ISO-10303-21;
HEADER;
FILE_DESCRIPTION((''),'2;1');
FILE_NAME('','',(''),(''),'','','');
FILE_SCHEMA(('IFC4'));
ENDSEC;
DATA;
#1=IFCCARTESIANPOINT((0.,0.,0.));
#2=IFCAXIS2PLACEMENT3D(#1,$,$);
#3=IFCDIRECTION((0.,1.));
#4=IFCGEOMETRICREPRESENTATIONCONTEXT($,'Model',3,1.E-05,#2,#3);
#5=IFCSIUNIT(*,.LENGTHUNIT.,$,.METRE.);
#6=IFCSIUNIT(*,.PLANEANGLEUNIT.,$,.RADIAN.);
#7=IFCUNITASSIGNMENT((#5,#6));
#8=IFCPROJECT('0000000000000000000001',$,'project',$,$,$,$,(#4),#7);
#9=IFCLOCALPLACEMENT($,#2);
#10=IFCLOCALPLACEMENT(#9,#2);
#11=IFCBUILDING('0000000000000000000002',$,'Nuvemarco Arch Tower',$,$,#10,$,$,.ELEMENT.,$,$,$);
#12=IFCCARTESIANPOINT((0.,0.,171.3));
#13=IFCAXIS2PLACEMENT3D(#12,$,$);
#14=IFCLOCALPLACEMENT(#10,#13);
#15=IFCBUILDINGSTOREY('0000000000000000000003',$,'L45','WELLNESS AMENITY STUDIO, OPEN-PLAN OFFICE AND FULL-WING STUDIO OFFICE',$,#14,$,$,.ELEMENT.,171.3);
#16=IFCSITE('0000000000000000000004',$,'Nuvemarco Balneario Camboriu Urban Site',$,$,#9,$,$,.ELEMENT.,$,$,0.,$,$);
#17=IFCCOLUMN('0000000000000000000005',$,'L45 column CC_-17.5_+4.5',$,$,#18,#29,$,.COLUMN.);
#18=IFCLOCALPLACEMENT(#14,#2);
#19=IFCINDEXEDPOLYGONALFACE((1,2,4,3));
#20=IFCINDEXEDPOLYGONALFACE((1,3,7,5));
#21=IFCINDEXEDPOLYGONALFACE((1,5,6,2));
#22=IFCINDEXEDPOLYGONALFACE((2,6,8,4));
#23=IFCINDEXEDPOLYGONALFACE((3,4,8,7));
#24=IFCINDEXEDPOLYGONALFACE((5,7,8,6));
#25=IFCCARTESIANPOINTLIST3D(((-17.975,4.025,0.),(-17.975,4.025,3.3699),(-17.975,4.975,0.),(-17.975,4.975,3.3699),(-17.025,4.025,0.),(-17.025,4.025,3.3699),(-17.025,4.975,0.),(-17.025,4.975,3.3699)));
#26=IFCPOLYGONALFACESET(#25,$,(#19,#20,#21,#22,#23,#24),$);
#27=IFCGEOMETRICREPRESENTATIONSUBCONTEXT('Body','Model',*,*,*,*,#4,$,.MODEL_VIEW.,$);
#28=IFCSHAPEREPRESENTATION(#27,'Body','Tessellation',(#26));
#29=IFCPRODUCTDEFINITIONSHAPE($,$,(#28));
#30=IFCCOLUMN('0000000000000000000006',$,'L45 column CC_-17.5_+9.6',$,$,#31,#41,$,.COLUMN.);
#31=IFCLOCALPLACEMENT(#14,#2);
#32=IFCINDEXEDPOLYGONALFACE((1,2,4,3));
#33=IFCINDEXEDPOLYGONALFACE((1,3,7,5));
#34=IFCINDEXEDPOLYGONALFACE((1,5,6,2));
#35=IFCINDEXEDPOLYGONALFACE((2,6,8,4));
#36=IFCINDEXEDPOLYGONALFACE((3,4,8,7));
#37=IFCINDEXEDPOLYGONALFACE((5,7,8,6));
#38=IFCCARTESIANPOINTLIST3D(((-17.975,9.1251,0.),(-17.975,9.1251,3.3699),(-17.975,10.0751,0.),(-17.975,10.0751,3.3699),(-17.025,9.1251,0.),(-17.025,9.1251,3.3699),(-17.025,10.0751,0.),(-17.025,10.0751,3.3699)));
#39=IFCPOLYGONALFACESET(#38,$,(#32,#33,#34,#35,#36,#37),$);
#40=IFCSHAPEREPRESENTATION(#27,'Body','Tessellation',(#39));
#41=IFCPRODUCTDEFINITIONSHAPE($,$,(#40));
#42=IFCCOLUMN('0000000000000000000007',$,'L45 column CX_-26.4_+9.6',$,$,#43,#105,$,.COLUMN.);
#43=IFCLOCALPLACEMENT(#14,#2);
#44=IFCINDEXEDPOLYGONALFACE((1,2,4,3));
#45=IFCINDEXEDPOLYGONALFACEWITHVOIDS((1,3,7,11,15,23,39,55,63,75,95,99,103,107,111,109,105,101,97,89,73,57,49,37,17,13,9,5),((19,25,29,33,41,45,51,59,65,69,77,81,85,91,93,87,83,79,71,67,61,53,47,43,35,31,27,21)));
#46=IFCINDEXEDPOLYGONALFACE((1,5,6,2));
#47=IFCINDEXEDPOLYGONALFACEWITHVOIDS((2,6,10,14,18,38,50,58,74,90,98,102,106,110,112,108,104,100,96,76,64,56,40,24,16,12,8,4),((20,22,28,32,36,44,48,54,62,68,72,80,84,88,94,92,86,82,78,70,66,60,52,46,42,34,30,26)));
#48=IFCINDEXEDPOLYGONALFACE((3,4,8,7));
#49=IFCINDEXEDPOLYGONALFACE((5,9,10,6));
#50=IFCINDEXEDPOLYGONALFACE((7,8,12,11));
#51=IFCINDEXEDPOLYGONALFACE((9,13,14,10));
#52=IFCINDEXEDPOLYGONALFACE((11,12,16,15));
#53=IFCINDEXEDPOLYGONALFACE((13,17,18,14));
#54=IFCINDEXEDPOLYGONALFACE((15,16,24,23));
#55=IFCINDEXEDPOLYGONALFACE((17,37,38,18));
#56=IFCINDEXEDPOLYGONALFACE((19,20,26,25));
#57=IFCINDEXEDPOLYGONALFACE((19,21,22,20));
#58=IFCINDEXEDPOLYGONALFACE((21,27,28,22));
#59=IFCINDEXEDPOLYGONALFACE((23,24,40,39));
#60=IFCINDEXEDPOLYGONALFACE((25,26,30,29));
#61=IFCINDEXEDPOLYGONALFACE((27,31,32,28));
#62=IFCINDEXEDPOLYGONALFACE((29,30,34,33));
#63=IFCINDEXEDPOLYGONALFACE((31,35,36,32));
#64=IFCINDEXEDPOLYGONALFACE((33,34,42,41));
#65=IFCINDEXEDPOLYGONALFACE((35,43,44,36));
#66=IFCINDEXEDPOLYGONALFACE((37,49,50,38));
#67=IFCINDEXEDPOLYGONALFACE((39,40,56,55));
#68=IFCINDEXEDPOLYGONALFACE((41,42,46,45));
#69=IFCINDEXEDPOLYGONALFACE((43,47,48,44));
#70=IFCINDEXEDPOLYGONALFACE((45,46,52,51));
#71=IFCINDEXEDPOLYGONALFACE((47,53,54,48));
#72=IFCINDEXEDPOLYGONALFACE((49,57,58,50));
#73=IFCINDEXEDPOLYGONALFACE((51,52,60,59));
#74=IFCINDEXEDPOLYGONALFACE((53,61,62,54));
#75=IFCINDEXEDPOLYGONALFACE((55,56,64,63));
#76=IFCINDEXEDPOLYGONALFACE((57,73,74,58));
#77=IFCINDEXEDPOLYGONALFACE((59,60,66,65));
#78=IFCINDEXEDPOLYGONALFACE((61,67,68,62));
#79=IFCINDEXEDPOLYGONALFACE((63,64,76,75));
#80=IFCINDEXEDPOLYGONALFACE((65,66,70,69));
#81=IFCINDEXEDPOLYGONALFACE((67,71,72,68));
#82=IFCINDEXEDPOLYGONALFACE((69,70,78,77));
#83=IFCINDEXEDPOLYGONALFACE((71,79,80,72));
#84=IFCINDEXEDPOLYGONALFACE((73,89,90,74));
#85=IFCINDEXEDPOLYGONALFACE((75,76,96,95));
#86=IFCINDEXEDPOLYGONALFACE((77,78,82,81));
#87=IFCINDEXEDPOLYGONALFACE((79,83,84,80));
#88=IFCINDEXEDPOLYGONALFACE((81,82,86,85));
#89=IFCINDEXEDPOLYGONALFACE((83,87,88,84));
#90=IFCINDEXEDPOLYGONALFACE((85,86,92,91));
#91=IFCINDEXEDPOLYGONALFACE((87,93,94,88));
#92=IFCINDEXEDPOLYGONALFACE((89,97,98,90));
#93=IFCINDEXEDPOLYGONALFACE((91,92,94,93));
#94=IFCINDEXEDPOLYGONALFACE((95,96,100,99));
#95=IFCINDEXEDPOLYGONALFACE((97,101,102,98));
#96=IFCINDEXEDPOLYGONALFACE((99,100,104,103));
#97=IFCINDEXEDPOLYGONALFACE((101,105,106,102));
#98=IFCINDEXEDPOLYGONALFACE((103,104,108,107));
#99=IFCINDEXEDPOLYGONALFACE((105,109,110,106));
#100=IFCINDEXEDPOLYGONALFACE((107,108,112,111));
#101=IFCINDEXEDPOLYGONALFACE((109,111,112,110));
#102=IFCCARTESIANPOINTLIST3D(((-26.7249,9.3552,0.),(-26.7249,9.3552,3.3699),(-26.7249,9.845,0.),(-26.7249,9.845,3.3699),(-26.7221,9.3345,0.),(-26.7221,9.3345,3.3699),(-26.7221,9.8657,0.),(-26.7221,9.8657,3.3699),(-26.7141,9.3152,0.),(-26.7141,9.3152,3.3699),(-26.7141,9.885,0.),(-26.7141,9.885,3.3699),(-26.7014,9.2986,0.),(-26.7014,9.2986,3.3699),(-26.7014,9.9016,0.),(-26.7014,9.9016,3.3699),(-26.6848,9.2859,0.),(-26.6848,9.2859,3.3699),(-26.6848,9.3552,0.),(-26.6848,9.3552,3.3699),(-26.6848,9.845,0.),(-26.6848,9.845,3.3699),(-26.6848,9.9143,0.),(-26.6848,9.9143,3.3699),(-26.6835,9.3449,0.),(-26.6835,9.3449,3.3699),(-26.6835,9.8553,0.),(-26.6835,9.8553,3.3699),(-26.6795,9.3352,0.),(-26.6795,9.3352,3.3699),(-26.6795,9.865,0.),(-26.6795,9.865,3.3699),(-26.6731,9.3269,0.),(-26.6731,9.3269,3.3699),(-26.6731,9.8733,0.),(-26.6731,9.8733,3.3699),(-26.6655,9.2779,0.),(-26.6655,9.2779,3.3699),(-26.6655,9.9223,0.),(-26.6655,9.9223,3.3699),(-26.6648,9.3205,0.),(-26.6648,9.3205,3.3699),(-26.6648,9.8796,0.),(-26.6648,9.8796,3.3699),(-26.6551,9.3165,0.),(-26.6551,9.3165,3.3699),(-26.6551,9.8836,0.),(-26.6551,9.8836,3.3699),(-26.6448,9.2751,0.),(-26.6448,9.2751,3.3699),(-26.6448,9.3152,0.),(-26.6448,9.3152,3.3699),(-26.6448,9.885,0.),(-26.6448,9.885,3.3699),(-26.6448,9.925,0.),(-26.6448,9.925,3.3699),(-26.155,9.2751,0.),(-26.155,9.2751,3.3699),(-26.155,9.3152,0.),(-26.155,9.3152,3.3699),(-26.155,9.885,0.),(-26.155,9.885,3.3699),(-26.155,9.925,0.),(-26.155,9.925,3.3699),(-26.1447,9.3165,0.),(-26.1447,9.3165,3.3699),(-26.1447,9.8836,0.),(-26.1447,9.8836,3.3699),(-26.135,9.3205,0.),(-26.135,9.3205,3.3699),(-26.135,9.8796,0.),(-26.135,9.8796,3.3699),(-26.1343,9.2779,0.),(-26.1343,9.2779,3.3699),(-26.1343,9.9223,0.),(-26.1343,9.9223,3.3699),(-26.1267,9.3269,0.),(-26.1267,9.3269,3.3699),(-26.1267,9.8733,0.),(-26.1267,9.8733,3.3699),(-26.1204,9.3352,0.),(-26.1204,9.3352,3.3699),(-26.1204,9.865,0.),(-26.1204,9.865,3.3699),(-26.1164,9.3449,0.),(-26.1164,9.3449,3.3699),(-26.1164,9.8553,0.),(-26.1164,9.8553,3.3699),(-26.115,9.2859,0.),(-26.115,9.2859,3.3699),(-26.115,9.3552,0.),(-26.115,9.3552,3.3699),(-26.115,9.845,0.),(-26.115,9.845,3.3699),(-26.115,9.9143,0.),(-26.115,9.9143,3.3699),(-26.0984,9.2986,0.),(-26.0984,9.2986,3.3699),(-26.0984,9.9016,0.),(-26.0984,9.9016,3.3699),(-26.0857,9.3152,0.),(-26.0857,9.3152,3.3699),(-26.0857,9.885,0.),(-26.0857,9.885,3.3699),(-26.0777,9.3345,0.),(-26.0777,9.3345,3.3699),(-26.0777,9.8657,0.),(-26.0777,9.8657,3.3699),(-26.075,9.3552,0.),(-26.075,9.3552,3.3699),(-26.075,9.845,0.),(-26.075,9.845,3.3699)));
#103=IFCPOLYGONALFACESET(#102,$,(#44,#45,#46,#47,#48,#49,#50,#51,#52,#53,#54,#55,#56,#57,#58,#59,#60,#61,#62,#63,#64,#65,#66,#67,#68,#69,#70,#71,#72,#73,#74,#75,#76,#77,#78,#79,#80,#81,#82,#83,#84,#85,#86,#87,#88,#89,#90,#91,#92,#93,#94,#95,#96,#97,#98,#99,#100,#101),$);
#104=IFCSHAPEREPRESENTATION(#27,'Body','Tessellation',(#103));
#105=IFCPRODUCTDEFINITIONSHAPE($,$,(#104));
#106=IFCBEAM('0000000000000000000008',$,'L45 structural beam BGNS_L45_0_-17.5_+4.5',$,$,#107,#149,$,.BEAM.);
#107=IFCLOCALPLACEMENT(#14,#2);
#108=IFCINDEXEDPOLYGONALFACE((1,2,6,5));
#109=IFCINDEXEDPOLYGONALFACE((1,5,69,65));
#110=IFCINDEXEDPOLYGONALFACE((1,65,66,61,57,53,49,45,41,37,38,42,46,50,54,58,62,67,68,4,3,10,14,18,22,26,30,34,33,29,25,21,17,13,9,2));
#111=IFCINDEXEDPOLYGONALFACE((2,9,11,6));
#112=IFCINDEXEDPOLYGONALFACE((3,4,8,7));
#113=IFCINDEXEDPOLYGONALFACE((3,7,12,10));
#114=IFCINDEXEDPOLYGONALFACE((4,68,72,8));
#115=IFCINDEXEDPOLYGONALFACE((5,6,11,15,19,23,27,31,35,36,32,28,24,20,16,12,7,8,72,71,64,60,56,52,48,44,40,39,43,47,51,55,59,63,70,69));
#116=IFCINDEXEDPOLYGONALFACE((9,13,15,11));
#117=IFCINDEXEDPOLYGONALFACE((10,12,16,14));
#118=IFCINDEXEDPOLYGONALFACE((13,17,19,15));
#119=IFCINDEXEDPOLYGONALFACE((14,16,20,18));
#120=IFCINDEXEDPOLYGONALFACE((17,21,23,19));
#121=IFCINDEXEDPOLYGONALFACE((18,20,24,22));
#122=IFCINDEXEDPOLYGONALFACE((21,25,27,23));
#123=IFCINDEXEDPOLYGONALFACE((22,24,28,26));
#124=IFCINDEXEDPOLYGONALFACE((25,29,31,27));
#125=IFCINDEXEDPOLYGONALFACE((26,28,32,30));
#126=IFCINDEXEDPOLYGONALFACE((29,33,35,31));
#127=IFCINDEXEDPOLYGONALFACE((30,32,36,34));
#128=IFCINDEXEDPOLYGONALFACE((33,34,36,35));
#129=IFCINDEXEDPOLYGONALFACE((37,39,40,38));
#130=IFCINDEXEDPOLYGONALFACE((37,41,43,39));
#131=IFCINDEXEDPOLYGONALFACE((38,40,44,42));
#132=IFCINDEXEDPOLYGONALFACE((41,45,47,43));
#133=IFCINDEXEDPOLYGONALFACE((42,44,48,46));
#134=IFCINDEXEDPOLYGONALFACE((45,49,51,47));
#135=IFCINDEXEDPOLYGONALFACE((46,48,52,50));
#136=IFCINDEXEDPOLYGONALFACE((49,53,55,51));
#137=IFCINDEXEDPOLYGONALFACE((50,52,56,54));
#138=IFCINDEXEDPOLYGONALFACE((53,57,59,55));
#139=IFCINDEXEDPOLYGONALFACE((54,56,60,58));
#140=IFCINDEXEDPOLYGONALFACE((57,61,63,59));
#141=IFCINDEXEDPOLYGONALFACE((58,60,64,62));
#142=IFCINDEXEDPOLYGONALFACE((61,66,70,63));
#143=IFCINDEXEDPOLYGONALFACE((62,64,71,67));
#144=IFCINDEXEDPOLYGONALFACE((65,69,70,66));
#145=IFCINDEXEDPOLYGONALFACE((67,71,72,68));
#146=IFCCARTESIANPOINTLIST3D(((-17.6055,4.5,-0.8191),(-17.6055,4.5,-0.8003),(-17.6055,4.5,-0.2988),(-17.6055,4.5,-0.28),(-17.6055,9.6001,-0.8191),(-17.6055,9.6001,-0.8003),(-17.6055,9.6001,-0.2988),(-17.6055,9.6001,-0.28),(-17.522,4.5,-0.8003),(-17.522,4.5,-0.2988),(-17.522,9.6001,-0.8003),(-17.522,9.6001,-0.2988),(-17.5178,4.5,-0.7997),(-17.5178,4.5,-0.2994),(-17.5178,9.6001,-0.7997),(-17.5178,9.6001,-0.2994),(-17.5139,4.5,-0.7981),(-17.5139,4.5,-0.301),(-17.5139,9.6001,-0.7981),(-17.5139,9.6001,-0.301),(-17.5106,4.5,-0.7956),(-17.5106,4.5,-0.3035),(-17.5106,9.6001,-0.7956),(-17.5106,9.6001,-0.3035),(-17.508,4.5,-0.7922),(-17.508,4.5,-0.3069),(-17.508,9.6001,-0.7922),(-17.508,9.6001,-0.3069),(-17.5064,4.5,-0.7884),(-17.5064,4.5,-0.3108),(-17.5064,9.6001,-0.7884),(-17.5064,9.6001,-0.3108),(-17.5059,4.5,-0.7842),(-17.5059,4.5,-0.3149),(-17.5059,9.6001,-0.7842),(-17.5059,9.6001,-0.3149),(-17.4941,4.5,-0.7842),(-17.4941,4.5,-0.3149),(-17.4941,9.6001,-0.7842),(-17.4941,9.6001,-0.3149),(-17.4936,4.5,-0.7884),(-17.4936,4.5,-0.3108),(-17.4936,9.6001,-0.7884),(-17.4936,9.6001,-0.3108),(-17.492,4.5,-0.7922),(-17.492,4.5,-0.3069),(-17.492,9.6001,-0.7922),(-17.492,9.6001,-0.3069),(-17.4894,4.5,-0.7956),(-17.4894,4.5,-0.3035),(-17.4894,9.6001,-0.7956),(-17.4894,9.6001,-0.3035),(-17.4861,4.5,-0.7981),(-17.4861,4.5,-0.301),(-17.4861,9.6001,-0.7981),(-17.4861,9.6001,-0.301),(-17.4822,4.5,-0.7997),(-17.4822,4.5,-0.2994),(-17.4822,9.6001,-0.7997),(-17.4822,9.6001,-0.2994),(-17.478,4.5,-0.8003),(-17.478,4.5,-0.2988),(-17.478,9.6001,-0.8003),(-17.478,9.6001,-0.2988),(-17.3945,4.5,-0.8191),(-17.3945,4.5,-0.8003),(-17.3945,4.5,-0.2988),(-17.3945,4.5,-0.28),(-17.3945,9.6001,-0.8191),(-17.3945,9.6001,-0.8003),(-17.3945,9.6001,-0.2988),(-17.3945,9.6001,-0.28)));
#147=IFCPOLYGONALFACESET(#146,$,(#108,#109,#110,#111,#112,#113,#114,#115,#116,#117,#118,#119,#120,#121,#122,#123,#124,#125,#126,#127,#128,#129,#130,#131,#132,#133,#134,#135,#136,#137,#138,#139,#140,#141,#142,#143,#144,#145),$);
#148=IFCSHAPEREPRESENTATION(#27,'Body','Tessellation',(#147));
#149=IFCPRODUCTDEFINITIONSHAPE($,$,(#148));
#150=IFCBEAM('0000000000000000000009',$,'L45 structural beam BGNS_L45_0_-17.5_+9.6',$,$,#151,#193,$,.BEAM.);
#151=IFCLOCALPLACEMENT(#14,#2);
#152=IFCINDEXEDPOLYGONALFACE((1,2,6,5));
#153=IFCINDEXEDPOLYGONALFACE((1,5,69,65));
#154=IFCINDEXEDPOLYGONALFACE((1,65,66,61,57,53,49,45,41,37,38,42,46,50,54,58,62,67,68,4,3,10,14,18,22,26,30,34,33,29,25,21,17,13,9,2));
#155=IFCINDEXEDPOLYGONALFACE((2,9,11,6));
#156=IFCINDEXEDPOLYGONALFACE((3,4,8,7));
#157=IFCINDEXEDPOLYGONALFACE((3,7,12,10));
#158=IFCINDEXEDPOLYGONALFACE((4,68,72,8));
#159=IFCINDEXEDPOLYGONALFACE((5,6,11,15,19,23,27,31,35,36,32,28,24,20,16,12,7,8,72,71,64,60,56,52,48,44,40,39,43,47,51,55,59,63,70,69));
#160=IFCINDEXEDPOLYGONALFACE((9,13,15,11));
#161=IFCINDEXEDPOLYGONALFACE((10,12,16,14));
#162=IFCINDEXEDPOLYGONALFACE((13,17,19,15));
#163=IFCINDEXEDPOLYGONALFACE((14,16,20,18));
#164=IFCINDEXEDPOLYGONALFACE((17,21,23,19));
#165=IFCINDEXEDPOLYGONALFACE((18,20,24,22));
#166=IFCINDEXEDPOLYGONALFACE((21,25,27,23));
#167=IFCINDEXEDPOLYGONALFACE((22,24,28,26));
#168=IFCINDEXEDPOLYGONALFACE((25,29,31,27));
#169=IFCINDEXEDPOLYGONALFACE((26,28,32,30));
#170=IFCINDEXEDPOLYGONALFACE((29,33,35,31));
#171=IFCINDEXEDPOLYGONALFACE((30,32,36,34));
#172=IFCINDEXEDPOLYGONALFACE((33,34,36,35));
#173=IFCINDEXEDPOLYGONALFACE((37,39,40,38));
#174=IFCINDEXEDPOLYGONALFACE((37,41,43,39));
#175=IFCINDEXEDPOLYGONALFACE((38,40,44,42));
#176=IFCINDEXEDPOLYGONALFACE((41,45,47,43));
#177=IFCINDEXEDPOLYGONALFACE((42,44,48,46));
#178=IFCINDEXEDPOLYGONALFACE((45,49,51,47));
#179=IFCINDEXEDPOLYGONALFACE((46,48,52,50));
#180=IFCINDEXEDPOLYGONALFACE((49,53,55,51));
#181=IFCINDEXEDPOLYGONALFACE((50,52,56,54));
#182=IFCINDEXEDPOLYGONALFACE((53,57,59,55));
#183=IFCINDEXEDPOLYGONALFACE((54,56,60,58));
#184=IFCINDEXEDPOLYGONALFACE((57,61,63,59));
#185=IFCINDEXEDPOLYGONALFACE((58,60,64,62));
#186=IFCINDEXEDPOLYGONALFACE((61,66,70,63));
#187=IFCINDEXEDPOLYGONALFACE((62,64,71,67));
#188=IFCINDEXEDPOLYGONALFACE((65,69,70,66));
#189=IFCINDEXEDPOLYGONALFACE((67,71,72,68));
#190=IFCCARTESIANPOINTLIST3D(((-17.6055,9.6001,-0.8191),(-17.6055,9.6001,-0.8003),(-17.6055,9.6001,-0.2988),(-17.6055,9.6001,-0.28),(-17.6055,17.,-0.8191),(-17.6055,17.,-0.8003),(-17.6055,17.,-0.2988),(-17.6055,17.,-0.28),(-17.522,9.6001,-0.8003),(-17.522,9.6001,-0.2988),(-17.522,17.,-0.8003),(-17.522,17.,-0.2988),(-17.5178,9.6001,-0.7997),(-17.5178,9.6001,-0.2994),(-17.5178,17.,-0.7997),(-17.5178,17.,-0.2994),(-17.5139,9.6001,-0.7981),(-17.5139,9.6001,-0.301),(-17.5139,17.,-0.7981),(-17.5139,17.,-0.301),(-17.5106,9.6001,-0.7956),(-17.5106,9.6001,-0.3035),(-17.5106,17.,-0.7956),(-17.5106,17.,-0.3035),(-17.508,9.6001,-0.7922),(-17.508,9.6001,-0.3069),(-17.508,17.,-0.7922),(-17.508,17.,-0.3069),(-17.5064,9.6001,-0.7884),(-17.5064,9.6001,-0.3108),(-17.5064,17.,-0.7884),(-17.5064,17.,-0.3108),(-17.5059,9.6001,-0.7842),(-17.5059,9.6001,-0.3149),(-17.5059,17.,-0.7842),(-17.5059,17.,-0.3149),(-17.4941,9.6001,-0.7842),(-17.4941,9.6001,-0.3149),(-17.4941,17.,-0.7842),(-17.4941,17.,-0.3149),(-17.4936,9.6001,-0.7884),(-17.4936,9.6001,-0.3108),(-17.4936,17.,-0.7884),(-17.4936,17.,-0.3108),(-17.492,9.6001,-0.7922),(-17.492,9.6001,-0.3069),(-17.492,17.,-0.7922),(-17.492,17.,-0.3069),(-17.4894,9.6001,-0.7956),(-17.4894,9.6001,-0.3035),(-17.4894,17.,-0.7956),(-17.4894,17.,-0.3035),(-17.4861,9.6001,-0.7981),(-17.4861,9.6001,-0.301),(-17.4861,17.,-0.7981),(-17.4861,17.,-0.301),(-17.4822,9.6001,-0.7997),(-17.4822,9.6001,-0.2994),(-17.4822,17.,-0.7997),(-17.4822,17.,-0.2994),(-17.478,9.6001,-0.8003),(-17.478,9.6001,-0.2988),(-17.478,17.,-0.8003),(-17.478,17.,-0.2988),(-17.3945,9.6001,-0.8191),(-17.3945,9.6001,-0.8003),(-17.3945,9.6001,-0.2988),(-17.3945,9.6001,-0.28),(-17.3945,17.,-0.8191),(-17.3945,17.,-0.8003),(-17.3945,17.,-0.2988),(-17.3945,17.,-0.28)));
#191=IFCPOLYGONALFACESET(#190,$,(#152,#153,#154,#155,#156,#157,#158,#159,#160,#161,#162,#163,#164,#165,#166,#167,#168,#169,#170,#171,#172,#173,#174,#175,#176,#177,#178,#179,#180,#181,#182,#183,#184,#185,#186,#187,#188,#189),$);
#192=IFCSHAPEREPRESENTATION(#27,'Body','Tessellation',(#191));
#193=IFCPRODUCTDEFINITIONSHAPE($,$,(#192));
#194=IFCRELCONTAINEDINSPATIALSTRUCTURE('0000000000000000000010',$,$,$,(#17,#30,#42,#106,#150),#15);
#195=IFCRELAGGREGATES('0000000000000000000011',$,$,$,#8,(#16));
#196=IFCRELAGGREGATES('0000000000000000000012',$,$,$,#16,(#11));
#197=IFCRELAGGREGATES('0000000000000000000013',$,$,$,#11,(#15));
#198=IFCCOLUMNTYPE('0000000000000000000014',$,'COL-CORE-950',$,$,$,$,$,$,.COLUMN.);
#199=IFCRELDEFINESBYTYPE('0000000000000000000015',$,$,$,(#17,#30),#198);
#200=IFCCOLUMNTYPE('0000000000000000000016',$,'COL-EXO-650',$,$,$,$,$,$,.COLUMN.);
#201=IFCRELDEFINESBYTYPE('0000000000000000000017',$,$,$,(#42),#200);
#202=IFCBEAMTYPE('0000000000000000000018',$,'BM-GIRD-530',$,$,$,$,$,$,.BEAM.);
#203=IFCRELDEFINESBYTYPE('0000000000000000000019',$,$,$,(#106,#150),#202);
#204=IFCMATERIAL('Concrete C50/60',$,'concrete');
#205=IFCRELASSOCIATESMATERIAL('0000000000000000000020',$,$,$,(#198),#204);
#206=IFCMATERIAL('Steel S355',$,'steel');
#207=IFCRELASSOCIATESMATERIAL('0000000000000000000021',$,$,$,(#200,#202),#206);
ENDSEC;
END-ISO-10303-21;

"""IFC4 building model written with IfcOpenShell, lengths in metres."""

from ifc_helpers import new_model, si_unit, direction, frame, origin, origin_2d, place, context, subcontext, project, spatial, rectangle, hollow_rectangle, i_section, extrude, material, material_profile, profile_set, type_object, element, save


model = new_model("IFC4")

# Units and contexts
model_context = context("Model", 3, precision=1e-05, world=origin(), true_north=direction((0.0, 1.0)))
body_context = subcontext(model_context, "Body", "Model", "MODEL_VIEW")
ifc_project = project(units=[si_unit("LENGTHUNIT", "METRE"), si_unit("PLANEANGLEUNIT", "RADIAN")], contexts=[model_context])

# Site, building, storey
site_placement = place(None, origin())
site = spatial("IfcSite", under=ifc_project, at=site_placement, Name="Nuvemarco Balneario Camboriu Urban Site", CompositionType="ELEMENT", RefElevation=0.0)
building_placement = place(site_placement, origin())
building = spatial("IfcBuilding", under=site, at=building_placement, Name="Nuvemarco Arch Tower", CompositionType="ELEMENT")
storey_placement = place(building_placement, frame((0.0, 0.0, 171.3)))
storey = spatial("IfcBuildingStorey", under=building, at=storey_placement, Name="L45", Description="WELLNESS AMENITY STUDIO, OPEN-PLAN OFFICE AND FULL-WING STUDIO OFFICE", CompositionType="ELEMENT", Elevation=171.3)

# Columns
ifc_material_1 = material(Name="Concrete C50/60", Category="concrete")
ifc_material_profile_1 = material_profile(ifc_material_1, rectangle(XDim=0.95, YDim=0.95, at=origin_2d()), Name="RC-COL-950x950")
ifc_profile_set_1 = profile_set([ifc_material_profile_1], Name="Concrete C50/60")
column_type_1 = type_object("IfcColumnType", Name="COL-CORE-950", PredefinedType="COLUMN", material=ifc_profile_set_1)
for number, where, z_axis, x_axis, name in (
    (1, (-17.5, 4.5, 0.0), (0.0, 0.0, 1.0), (1.0, 0.0, 0.0), "L45 column CC_-17.5_+4.5"),
    (2, (-17.5, 9.6001, 0.0), (0.0, 0.0, 1.0), (1.0, 0.0, 0.0), "L45 column CC_-17.5_+9.6"),
):
    element("IfcColumn", number, at=place(storey_placement, frame(where, z_axis=z_axis, x_axis=x_axis)), inside=storey, type_object=column_type_1, Name=name, PredefinedType="COLUMN", context=body_context, shape_type="SweptSolid", body=[
        extrude(rectangle(XDim=0.95, YDim=0.95, at=origin_2d()), origin(), (0.0, 0.0, 1.0), 3.3699),
    ])
ifc_material_2 = material(Name="Steel S355", Category="steel")
ifc_material_profile_2 = material_profile(ifc_material_2, hollow_rectangle(XDim=0.6499, YDim=0.6499, WallThickness=0.04, InnerFilletRadius=0.04, OuterFilletRadius=0.0801, at=origin_2d()), Name="SHS650x650x40")
ifc_profile_set_2 = profile_set([ifc_material_profile_2], Name="Steel S355")
column_type_2 = type_object("IfcColumnType", Name="COL-EXO-650", PredefinedType="COLUMN", material=ifc_profile_set_2)
column_placement = place(storey_placement, frame((-26.3999, 9.6001, 0.0), z_axis=(0.0, 0.0, 1.0), x_axis=(1.0, 0.0, 0.0)))
element("IfcColumn", 3, at=column_placement, inside=storey, type_object=column_type_2, Name="L45 column CX_-26.4_+9.6", PredefinedType="COLUMN", context=body_context, shape_type="SweptSolid", body=[
    extrude(hollow_rectangle(XDim=0.6499, YDim=0.6499, WallThickness=0.04, InnerFilletRadius=0.04, OuterFilletRadius=0.0801, at=origin_2d()), origin(), (0.0, 0.0, 1.0), 3.3699),
])

# Beams
ifc_material_profile_3 = material_profile(ifc_material_2, i_section(OverallWidth=0.2109, OverallDepth=0.5391, WebThickness=0.0117, FlangeThickness=0.0188, FilletRadius=0.0161, at=origin_2d()), Name="W530x109")
ifc_profile_set_3 = profile_set([ifc_material_profile_3], Name="Steel S355")
beam_type_1 = type_object("IfcBeamType", Name="BM-GIRD-530", PredefinedType="BEAM", material=ifc_profile_set_3)
beam_1_placement = place(storey_placement, frame((-17.5, 4.5, -0.5496), z_axis=(0.0, 1.0, 0.0), x_axis=(-1.0, 0.0, 0.0)))
element("IfcBeam", 4, at=beam_1_placement, inside=storey, type_object=beam_type_1, Name="L45 structural beam BGNS_L45_0_-17.5_+4.5", PredefinedType="BEAM", context=body_context, shape_type="SweptSolid", body=[
    extrude(i_section(OverallWidth=0.2109, OverallDepth=0.5391, WebThickness=0.0117, FlangeThickness=0.0188, FilletRadius=0.0161, at=origin_2d()), origin(), (0.0, 0.0, 1.0), 5.1001),
])
beam_2_placement = place(storey_placement, frame((-17.5, 9.6001, -0.5496), z_axis=(0.0, 1.0, 0.0), x_axis=(-1.0, 0.0, 0.0)))
element("IfcBeam", 5, at=beam_2_placement, inside=storey, type_object=beam_type_1, Name="L45 structural beam BGNS_L45_0_-17.5_+9.6", PredefinedType="BEAM", context=body_context, shape_type="SweptSolid", body=[
    extrude(i_section(OverallWidth=0.2109, OverallDepth=0.5391, WebThickness=0.0117, FlangeThickness=0.0188, FilletRadius=0.0161, at=origin_2d()), origin(), (0.0, 0.0, 1.0), 7.3999),
])

save(model, "model.ifc")
